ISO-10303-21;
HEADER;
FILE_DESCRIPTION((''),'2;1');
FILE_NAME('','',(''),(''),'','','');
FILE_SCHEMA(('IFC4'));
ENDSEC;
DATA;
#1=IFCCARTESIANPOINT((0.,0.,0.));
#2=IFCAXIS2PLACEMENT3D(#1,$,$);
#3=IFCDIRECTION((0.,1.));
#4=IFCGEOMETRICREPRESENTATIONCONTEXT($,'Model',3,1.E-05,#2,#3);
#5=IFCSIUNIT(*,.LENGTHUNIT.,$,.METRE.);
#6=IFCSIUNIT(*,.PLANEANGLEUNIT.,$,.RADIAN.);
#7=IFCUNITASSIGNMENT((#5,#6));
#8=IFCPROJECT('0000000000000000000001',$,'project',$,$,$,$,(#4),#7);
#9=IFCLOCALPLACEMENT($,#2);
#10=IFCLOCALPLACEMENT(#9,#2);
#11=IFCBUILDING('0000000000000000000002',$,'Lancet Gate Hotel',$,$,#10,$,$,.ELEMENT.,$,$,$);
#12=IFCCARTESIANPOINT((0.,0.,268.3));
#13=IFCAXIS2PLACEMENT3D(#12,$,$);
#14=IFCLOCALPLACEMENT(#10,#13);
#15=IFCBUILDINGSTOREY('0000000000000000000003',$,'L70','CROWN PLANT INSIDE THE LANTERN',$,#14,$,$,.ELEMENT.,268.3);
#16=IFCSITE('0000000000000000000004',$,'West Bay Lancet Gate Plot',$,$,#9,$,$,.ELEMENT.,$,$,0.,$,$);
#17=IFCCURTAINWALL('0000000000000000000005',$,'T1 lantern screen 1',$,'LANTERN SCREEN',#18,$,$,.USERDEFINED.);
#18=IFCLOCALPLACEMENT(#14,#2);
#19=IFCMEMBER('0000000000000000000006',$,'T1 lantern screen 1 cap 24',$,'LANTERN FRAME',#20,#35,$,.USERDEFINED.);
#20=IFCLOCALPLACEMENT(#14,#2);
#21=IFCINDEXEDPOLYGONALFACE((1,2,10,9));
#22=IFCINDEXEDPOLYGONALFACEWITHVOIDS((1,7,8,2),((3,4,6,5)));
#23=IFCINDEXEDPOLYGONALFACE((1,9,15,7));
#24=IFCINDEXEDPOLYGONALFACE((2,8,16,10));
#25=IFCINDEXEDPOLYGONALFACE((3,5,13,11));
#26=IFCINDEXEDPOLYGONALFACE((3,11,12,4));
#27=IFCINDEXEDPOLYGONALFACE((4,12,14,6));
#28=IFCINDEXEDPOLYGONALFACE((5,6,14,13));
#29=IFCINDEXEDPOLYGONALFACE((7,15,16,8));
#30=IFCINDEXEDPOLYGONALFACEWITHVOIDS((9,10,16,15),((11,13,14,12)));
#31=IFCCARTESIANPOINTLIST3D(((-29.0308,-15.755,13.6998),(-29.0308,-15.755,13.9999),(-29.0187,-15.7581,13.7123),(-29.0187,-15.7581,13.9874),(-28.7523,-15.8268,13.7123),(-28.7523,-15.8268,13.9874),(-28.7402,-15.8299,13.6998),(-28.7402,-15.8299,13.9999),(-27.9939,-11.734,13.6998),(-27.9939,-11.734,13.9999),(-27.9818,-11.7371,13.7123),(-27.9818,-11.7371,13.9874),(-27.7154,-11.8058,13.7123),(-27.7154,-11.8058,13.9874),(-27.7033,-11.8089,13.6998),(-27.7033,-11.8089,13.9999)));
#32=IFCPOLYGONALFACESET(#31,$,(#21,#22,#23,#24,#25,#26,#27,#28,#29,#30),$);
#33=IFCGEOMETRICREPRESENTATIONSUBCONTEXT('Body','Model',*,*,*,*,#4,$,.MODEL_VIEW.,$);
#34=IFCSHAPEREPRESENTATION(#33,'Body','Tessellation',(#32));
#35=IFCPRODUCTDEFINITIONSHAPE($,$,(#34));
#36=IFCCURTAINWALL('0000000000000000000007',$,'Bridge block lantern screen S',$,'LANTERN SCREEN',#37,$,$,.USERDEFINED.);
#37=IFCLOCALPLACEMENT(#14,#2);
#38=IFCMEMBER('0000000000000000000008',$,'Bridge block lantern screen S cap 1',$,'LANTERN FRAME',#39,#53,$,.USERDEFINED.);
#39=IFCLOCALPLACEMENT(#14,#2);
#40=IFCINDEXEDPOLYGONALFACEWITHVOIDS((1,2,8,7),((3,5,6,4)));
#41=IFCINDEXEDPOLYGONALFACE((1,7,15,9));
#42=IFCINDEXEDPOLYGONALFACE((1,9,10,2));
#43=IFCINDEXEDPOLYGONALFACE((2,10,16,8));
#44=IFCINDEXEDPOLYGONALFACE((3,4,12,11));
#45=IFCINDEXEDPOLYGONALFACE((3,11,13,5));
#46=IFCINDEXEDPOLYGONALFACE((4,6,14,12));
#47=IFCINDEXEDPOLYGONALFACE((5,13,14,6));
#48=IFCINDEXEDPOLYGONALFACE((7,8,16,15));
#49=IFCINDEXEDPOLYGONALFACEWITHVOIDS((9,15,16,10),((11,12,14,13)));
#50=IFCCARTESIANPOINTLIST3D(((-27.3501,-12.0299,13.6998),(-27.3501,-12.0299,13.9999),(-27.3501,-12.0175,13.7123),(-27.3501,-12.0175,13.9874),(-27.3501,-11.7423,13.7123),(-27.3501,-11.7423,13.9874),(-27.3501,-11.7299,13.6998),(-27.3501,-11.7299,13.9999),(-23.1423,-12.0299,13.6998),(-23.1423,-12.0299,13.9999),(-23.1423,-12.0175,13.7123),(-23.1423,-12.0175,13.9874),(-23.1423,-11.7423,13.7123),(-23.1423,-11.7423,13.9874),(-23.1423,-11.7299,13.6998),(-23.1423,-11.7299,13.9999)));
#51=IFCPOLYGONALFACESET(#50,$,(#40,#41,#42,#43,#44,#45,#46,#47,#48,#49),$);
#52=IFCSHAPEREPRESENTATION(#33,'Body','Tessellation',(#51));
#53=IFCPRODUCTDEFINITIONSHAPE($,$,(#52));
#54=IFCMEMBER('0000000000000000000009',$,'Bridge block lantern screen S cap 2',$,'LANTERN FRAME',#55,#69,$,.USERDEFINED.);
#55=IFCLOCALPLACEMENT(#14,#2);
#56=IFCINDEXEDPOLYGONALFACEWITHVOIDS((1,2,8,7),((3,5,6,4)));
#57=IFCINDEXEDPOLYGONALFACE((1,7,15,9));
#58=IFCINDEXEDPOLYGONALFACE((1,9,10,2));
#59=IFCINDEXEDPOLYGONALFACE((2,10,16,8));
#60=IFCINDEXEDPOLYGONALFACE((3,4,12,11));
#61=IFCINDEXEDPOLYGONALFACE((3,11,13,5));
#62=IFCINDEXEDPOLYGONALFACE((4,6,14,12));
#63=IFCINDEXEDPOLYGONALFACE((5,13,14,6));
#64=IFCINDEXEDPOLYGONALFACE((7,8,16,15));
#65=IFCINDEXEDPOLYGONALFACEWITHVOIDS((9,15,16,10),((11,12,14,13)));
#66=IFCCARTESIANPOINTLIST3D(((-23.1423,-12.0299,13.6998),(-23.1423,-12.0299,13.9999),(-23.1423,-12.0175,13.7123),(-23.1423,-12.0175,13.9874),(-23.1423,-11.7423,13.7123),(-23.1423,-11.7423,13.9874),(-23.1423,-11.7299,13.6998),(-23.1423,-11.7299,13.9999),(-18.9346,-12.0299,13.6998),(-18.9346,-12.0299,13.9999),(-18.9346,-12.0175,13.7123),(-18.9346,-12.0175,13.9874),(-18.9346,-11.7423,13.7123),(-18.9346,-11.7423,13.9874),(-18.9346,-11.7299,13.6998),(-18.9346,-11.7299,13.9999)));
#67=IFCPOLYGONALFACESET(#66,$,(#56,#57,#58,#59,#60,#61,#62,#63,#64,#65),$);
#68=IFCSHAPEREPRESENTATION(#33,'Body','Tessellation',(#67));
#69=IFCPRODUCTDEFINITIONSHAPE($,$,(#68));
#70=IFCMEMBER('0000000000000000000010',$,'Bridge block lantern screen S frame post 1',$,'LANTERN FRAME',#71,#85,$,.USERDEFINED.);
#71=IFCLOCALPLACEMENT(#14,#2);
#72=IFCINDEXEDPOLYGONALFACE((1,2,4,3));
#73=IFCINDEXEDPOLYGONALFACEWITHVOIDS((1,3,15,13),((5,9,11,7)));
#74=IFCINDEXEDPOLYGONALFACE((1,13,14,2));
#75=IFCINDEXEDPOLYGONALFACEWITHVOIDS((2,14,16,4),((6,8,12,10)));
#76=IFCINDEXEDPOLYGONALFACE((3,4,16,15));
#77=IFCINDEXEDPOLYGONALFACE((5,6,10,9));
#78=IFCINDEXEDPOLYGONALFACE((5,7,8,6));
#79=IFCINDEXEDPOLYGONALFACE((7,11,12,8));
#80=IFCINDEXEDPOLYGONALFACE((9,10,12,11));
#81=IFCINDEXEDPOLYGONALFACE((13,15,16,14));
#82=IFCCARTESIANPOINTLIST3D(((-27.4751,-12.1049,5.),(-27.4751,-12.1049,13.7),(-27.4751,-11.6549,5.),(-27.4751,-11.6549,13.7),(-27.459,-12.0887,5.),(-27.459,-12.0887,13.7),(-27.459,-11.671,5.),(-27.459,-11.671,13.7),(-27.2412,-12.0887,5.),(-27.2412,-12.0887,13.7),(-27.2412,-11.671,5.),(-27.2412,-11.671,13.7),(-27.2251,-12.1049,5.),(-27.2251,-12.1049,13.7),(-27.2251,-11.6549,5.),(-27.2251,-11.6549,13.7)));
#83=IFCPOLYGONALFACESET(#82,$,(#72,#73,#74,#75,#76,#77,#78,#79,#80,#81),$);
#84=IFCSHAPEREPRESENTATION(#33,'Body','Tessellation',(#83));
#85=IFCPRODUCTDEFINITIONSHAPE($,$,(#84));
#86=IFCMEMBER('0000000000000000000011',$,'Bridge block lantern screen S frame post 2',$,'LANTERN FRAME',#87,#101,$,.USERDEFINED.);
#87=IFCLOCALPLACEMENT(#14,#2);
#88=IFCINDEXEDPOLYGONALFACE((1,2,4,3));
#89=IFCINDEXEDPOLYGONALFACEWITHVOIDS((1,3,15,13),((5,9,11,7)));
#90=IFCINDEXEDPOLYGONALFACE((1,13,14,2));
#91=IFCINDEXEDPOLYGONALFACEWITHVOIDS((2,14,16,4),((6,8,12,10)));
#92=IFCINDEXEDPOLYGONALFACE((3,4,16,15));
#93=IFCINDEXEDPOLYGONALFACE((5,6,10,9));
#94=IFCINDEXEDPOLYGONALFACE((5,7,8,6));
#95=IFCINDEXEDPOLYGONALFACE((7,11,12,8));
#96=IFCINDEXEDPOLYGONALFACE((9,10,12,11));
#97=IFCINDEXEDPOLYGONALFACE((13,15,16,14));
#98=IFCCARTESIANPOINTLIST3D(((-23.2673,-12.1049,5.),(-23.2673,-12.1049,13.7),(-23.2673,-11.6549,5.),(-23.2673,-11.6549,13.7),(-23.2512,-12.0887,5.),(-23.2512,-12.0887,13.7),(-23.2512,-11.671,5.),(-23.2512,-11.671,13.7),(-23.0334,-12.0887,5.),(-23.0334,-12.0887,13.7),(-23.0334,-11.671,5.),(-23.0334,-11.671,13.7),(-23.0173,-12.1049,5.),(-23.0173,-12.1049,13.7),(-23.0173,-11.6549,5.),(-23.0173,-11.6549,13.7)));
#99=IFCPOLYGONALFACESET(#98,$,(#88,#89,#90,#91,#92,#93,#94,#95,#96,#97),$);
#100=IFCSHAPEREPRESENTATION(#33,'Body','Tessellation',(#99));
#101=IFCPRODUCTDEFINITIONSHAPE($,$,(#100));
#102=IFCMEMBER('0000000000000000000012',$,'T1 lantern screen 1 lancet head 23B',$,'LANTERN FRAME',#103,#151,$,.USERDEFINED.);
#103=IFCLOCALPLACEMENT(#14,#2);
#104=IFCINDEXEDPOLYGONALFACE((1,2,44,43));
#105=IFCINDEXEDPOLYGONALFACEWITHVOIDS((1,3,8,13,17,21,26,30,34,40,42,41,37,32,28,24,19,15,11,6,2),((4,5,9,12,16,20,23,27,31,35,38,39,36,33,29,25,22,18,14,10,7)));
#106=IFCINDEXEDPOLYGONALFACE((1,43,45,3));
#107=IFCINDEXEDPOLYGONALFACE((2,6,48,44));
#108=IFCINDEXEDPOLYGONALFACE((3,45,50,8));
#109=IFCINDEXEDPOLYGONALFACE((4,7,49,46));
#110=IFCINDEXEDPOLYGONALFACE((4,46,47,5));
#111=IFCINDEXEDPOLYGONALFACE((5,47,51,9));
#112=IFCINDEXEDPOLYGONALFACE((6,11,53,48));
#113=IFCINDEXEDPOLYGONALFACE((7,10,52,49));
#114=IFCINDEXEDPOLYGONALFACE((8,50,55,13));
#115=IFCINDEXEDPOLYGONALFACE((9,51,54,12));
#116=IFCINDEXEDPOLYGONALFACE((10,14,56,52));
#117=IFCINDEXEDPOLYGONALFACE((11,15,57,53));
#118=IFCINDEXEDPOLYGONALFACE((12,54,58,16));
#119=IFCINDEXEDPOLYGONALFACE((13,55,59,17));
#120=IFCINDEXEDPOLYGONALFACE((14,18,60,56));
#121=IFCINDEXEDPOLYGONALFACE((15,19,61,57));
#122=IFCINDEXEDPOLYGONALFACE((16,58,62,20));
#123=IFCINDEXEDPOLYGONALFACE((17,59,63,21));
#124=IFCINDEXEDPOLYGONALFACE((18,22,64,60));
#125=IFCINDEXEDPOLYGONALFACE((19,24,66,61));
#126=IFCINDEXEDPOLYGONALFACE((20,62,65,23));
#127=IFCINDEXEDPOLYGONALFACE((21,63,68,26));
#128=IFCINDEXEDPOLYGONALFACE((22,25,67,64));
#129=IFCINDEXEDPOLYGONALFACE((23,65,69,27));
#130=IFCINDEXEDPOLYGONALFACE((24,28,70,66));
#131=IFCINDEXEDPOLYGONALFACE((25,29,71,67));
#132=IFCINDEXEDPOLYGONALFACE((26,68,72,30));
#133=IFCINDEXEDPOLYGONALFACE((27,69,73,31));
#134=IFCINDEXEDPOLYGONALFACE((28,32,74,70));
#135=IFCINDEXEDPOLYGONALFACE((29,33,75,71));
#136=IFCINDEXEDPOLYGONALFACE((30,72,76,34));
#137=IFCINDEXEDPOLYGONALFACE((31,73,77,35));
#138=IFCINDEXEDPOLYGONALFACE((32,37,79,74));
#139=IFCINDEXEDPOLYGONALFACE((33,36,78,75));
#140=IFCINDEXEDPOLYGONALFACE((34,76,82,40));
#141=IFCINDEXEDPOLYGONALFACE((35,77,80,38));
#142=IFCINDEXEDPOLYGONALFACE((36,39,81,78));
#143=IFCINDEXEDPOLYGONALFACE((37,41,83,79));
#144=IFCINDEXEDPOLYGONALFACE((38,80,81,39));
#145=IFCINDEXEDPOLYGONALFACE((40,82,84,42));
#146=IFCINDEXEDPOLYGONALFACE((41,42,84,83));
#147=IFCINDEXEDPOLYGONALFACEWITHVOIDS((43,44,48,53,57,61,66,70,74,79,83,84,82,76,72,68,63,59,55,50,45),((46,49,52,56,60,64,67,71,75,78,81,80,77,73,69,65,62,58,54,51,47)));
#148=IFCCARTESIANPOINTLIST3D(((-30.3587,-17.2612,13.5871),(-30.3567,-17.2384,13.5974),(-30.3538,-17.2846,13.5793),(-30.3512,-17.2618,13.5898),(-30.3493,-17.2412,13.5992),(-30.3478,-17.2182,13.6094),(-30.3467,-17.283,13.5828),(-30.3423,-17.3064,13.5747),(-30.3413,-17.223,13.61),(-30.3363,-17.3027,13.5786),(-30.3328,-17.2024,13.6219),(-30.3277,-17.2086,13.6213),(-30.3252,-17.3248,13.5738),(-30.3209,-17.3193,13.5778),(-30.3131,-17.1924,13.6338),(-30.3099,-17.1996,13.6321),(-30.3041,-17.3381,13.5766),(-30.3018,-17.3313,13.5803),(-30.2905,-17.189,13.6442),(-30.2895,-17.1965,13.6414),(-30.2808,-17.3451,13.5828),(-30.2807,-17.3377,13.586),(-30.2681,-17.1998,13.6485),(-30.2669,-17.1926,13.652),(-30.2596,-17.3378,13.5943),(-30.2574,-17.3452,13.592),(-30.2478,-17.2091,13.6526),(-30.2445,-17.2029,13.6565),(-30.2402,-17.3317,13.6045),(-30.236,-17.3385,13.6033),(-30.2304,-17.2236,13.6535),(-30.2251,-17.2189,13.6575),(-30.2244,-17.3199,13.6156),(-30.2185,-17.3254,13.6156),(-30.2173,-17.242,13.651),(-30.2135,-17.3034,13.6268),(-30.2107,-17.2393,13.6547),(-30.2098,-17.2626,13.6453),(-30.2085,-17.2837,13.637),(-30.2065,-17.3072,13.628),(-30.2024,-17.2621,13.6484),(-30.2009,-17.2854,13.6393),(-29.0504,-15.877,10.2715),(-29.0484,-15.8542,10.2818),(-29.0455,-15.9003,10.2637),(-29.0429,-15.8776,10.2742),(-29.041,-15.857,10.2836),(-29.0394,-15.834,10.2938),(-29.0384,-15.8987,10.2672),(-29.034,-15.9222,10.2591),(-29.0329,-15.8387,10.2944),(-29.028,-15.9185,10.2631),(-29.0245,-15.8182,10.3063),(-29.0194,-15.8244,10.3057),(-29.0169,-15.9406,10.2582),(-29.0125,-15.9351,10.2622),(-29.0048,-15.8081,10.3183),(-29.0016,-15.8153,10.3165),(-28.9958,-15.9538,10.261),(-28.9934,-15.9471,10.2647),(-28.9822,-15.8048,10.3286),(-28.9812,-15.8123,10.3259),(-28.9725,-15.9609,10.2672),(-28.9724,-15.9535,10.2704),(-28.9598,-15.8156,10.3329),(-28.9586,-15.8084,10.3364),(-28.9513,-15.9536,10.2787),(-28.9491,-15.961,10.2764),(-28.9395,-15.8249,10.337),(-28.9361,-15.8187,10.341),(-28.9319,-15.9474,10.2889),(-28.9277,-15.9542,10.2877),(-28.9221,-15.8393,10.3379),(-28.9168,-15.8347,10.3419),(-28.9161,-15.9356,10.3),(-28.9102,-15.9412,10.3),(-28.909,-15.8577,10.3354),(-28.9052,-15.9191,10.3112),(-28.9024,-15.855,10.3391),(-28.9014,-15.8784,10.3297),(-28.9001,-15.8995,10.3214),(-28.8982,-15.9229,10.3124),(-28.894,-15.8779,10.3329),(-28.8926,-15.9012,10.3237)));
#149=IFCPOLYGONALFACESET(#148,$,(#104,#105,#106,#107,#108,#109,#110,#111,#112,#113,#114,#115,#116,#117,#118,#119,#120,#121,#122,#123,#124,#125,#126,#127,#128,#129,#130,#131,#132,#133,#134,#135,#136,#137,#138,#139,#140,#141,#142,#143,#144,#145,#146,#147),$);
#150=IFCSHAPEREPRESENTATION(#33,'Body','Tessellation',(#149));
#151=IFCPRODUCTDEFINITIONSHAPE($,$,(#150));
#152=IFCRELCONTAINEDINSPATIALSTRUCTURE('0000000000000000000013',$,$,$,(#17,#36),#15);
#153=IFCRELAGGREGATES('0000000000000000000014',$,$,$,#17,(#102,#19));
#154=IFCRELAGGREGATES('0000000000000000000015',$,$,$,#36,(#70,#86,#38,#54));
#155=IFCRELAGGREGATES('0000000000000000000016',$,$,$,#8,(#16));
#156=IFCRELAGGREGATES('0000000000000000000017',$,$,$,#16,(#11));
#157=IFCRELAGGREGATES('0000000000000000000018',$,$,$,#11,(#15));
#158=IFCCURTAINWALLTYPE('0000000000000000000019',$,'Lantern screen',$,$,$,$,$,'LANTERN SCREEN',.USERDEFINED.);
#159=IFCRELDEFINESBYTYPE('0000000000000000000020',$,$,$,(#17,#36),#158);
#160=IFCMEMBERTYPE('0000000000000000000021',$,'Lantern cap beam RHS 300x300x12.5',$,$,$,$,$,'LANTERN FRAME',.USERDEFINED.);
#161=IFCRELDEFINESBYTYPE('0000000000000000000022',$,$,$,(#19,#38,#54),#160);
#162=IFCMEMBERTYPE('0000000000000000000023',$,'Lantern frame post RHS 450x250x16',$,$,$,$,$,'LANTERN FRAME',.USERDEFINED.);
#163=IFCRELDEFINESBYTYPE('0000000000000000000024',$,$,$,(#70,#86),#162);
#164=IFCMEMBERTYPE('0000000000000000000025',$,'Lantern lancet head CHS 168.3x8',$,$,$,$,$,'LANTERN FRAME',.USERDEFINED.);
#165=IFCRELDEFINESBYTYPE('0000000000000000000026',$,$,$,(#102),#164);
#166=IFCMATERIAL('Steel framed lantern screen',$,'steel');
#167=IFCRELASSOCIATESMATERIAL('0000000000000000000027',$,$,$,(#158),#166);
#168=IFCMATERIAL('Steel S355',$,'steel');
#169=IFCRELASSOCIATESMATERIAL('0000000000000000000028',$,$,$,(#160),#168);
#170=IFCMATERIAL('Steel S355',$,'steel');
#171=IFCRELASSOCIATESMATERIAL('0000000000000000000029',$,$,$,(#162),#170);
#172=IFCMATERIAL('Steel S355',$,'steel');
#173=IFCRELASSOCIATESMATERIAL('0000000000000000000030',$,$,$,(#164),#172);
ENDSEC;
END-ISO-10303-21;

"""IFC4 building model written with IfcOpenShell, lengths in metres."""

from ifc_helpers import new_model, si_unit, direction, frame, origin, origin_2d, place, context, subcontext, project, spatial, hollow_rectangle, hollow_circle, extrude, material, material_profile, profile_set, type_object, element, aggregate, save


model = new_model("IFC4")

# Units and contexts
model_context = context("Model", 3, precision=1e-05, world=origin(), true_north=direction((0.0, 1.0)))
body_context = subcontext(model_context, "Body", "Model", "MODEL_VIEW")
ifc_project = project(units=[si_unit("LENGTHUNIT", "METRE"), si_unit("PLANEANGLEUNIT", "RADIAN")], contexts=[model_context])

# Site, building, storey
site_placement = place(None, origin())
site = spatial("IfcSite", under=ifc_project, at=site_placement, Name="West Bay Lancet Gate Plot", CompositionType="ELEMENT", RefElevation=0.0)
building_placement = place(site_placement, origin())
building = spatial("IfcBuilding", under=site, at=building_placement, Name="Lancet Gate Hotel", CompositionType="ELEMENT")
storey_placement = place(building_placement, frame((0.0, 0.0, 268.3)))
storey = spatial("IfcBuildingStorey", under=building, at=storey_placement, Name="L70", Description="CROWN PLANT INSIDE THE LANTERN", CompositionType="ELEMENT", Elevation=268.3)

# Curtain wall, member
ifc_material_1 = material(Name="Steel framed lantern screen", Category="steel")
curtain_wall_type = type_object("IfcCurtainWallType", Name="Lantern screen", ElementType="LANTERN SCREEN", PredefinedType="USERDEFINED", material=ifc_material_1)
curtain_wall_1_placement = place(storey_placement, origin())
curtain_wall_1 = element("IfcCurtainWall", 1, at=curtain_wall_1_placement, inside=storey, type_object=curtain_wall_type, Name="T1 lantern screen 1", ObjectType="LANTERN SCREEN", PredefinedType="USERDEFINED")
ifc_material_2 = material(Name="Steel S355", Category="steel")
ifc_material_profile_1 = material_profile(ifc_material_2, hollow_rectangle(XDim=0.3, YDim=0.3, WallThickness=0.0125, at=origin_2d()), Name="RHS 300x300x12.5")
ifc_profile_set_1 = profile_set([ifc_material_profile_1], Name="Steel S355")
member_type_1 = type_object("IfcMemberType", Name="Lantern cap beam RHS 300x300x12.5", ElementType="LANTERN FRAME", PredefinedType="USERDEFINED", material=ifc_profile_set_1)
member_1_placement = place(storey_placement, frame((-28.8855, -15.7925, 13.8499), z_axis=(0.249695, 0.968325, 0.0), x_axis=(-0.968325, 0.249695, 0.0)))
member_1 = element("IfcMember", 2, at=member_1_placement, type_object=member_type_1, Name="T1 lantern screen 1 cap 24", ObjectType="LANTERN FRAME", PredefinedType="USERDEFINED", context=body_context, shape_type="SweptSolid", body=[
    extrude(hollow_rectangle(XDim=0.3, YDim=0.3, WallThickness=0.0125, at=origin_2d()), origin(), (0.0, 0.0, 1.0), 4.1526),
])

# Curtain wall, members
curtain_wall_2_placement = place(storey_placement, origin())
curtain_wall_2 = element("IfcCurtainWall", 3, at=curtain_wall_2_placement, inside=storey, type_object=curtain_wall_type, Name="Bridge block lantern screen S", ObjectType="LANTERN SCREEN", PredefinedType="USERDEFINED")
member_2_placement = place(storey_placement, frame((-27.3501, -11.8799, 13.8499), z_axis=(1.0, 0.0, 0.0), x_axis=(0.0, 1.0, 0.0)))
member_2 = element("IfcMember", 4, at=member_2_placement, type_object=member_type_1, Name="Bridge block lantern screen S cap 1", ObjectType="LANTERN FRAME", PredefinedType="USERDEFINED", context=body_context, shape_type="SweptSolid", body=[
    extrude(hollow_rectangle(XDim=0.3, YDim=0.3, WallThickness=0.0125, at=origin_2d()), origin(), (0.0, 0.0, 1.0), 4.2078),
])
member_3_placement = place(storey_placement, frame((-23.1423, -11.8799, 13.8499), z_axis=(1.0, 0.0, 0.0), x_axis=(0.0, 1.0, 0.0)))
member_3 = element("IfcMember", 5, at=member_3_placement, type_object=member_type_1, Name="Bridge block lantern screen S cap 2", ObjectType="LANTERN FRAME", PredefinedType="USERDEFINED", context=body_context, shape_type="SweptSolid", body=[
    extrude(hollow_rectangle(XDim=0.3, YDim=0.3, WallThickness=0.0125, at=origin_2d()), origin(), (0.0, 0.0, 1.0), 4.2078),
])
ifc_material_3 = material(Name="Steel S355", Category="steel")
ifc_material_profile_2 = material_profile(ifc_material_3, hollow_rectangle(XDim=0.25, YDim=0.45, WallThickness=0.0161, at=origin_2d()), Name="RHS 450x250x16")
ifc_profile_set_2 = profile_set([ifc_material_profile_2], Name="Steel S355")
member_type_2 = type_object("IfcMemberType", Name="Lantern frame post RHS 450x250x16", ElementType="LANTERN FRAME", PredefinedType="USERDEFINED", material=ifc_profile_set_2)
member_4_placement = place(storey_placement, frame((-27.3501, -11.8799, 5.0), z_axis=(0.0, 0.0, 1.0), x_axis=(1.0, 0.0, 0.0)))
member_4 = element("IfcMember", 6, at=member_4_placement, type_object=member_type_2, Name="Bridge block lantern screen S frame post 1", ObjectType="LANTERN FRAME", PredefinedType="USERDEFINED", context=body_context, shape_type="SweptSolid", body=[
    extrude(hollow_rectangle(XDim=0.25, YDim=0.45, WallThickness=0.0161, at=origin_2d()), origin(), (0.0, 0.0, 1.0), 8.7),
])
member_5_placement = place(storey_placement, frame((-23.1423, -11.8799, 5.0), z_axis=(0.0, 0.0, 1.0), x_axis=(1.0, 0.0, 0.0)))
member_5 = element("IfcMember", 7, at=member_5_placement, type_object=member_type_2, Name="Bridge block lantern screen S frame post 2", ObjectType="LANTERN FRAME", PredefinedType="USERDEFINED", context=body_context, shape_type="SweptSolid", body=[
    extrude(hollow_rectangle(XDim=0.25, YDim=0.45, WallThickness=0.0161, at=origin_2d()), origin(), (0.0, 0.0, 1.0), 8.7),
])

# Member
ifc_material_4 = material(Name="Steel S355", Category="steel")
ifc_material_profile_3 = material_profile(ifc_material_4, hollow_circle(Radius=0.0842, WallThickness=0.0081, at=origin_2d()), Name="CHS 168.3x8.0")
ifc_profile_set_3 = profile_set([ifc_material_profile_3], Name="Steel S355")
member_type_3 = type_object("IfcMemberType", Name="Lantern lancet head CHS 168.3x8", ElementType="LANTERN FRAME", PredefinedType="USERDEFINED", material=ifc_profile_set_3)
member_6_placement = place(storey_placement, frame((-28.9714, -15.8833, 10.3), z_axis=(-0.342157, -0.362013, 0.867107), x_axis=(0.726757, -0.686894, 0.0)))
member_6 = element("IfcMember", 8, at=member_6_placement, type_object=member_type_3, Name="T1 lantern screen 1 lancet head 23B", ObjectType="LANTERN FRAME", PredefinedType="USERDEFINED", context=body_context, shape_type="SweptSolid", body=[
    extrude(hollow_circle(Radius=0.0842, WallThickness=0.0081, at=origin_2d()), origin(), (0.0, 0.0, 1.0), 3.8237),
])

aggregate(curtain_wall_1, [member_6, member_1])
aggregate(curtain_wall_2, [member_4, member_5, member_2, member_3])

save(model, "model.ifc")
